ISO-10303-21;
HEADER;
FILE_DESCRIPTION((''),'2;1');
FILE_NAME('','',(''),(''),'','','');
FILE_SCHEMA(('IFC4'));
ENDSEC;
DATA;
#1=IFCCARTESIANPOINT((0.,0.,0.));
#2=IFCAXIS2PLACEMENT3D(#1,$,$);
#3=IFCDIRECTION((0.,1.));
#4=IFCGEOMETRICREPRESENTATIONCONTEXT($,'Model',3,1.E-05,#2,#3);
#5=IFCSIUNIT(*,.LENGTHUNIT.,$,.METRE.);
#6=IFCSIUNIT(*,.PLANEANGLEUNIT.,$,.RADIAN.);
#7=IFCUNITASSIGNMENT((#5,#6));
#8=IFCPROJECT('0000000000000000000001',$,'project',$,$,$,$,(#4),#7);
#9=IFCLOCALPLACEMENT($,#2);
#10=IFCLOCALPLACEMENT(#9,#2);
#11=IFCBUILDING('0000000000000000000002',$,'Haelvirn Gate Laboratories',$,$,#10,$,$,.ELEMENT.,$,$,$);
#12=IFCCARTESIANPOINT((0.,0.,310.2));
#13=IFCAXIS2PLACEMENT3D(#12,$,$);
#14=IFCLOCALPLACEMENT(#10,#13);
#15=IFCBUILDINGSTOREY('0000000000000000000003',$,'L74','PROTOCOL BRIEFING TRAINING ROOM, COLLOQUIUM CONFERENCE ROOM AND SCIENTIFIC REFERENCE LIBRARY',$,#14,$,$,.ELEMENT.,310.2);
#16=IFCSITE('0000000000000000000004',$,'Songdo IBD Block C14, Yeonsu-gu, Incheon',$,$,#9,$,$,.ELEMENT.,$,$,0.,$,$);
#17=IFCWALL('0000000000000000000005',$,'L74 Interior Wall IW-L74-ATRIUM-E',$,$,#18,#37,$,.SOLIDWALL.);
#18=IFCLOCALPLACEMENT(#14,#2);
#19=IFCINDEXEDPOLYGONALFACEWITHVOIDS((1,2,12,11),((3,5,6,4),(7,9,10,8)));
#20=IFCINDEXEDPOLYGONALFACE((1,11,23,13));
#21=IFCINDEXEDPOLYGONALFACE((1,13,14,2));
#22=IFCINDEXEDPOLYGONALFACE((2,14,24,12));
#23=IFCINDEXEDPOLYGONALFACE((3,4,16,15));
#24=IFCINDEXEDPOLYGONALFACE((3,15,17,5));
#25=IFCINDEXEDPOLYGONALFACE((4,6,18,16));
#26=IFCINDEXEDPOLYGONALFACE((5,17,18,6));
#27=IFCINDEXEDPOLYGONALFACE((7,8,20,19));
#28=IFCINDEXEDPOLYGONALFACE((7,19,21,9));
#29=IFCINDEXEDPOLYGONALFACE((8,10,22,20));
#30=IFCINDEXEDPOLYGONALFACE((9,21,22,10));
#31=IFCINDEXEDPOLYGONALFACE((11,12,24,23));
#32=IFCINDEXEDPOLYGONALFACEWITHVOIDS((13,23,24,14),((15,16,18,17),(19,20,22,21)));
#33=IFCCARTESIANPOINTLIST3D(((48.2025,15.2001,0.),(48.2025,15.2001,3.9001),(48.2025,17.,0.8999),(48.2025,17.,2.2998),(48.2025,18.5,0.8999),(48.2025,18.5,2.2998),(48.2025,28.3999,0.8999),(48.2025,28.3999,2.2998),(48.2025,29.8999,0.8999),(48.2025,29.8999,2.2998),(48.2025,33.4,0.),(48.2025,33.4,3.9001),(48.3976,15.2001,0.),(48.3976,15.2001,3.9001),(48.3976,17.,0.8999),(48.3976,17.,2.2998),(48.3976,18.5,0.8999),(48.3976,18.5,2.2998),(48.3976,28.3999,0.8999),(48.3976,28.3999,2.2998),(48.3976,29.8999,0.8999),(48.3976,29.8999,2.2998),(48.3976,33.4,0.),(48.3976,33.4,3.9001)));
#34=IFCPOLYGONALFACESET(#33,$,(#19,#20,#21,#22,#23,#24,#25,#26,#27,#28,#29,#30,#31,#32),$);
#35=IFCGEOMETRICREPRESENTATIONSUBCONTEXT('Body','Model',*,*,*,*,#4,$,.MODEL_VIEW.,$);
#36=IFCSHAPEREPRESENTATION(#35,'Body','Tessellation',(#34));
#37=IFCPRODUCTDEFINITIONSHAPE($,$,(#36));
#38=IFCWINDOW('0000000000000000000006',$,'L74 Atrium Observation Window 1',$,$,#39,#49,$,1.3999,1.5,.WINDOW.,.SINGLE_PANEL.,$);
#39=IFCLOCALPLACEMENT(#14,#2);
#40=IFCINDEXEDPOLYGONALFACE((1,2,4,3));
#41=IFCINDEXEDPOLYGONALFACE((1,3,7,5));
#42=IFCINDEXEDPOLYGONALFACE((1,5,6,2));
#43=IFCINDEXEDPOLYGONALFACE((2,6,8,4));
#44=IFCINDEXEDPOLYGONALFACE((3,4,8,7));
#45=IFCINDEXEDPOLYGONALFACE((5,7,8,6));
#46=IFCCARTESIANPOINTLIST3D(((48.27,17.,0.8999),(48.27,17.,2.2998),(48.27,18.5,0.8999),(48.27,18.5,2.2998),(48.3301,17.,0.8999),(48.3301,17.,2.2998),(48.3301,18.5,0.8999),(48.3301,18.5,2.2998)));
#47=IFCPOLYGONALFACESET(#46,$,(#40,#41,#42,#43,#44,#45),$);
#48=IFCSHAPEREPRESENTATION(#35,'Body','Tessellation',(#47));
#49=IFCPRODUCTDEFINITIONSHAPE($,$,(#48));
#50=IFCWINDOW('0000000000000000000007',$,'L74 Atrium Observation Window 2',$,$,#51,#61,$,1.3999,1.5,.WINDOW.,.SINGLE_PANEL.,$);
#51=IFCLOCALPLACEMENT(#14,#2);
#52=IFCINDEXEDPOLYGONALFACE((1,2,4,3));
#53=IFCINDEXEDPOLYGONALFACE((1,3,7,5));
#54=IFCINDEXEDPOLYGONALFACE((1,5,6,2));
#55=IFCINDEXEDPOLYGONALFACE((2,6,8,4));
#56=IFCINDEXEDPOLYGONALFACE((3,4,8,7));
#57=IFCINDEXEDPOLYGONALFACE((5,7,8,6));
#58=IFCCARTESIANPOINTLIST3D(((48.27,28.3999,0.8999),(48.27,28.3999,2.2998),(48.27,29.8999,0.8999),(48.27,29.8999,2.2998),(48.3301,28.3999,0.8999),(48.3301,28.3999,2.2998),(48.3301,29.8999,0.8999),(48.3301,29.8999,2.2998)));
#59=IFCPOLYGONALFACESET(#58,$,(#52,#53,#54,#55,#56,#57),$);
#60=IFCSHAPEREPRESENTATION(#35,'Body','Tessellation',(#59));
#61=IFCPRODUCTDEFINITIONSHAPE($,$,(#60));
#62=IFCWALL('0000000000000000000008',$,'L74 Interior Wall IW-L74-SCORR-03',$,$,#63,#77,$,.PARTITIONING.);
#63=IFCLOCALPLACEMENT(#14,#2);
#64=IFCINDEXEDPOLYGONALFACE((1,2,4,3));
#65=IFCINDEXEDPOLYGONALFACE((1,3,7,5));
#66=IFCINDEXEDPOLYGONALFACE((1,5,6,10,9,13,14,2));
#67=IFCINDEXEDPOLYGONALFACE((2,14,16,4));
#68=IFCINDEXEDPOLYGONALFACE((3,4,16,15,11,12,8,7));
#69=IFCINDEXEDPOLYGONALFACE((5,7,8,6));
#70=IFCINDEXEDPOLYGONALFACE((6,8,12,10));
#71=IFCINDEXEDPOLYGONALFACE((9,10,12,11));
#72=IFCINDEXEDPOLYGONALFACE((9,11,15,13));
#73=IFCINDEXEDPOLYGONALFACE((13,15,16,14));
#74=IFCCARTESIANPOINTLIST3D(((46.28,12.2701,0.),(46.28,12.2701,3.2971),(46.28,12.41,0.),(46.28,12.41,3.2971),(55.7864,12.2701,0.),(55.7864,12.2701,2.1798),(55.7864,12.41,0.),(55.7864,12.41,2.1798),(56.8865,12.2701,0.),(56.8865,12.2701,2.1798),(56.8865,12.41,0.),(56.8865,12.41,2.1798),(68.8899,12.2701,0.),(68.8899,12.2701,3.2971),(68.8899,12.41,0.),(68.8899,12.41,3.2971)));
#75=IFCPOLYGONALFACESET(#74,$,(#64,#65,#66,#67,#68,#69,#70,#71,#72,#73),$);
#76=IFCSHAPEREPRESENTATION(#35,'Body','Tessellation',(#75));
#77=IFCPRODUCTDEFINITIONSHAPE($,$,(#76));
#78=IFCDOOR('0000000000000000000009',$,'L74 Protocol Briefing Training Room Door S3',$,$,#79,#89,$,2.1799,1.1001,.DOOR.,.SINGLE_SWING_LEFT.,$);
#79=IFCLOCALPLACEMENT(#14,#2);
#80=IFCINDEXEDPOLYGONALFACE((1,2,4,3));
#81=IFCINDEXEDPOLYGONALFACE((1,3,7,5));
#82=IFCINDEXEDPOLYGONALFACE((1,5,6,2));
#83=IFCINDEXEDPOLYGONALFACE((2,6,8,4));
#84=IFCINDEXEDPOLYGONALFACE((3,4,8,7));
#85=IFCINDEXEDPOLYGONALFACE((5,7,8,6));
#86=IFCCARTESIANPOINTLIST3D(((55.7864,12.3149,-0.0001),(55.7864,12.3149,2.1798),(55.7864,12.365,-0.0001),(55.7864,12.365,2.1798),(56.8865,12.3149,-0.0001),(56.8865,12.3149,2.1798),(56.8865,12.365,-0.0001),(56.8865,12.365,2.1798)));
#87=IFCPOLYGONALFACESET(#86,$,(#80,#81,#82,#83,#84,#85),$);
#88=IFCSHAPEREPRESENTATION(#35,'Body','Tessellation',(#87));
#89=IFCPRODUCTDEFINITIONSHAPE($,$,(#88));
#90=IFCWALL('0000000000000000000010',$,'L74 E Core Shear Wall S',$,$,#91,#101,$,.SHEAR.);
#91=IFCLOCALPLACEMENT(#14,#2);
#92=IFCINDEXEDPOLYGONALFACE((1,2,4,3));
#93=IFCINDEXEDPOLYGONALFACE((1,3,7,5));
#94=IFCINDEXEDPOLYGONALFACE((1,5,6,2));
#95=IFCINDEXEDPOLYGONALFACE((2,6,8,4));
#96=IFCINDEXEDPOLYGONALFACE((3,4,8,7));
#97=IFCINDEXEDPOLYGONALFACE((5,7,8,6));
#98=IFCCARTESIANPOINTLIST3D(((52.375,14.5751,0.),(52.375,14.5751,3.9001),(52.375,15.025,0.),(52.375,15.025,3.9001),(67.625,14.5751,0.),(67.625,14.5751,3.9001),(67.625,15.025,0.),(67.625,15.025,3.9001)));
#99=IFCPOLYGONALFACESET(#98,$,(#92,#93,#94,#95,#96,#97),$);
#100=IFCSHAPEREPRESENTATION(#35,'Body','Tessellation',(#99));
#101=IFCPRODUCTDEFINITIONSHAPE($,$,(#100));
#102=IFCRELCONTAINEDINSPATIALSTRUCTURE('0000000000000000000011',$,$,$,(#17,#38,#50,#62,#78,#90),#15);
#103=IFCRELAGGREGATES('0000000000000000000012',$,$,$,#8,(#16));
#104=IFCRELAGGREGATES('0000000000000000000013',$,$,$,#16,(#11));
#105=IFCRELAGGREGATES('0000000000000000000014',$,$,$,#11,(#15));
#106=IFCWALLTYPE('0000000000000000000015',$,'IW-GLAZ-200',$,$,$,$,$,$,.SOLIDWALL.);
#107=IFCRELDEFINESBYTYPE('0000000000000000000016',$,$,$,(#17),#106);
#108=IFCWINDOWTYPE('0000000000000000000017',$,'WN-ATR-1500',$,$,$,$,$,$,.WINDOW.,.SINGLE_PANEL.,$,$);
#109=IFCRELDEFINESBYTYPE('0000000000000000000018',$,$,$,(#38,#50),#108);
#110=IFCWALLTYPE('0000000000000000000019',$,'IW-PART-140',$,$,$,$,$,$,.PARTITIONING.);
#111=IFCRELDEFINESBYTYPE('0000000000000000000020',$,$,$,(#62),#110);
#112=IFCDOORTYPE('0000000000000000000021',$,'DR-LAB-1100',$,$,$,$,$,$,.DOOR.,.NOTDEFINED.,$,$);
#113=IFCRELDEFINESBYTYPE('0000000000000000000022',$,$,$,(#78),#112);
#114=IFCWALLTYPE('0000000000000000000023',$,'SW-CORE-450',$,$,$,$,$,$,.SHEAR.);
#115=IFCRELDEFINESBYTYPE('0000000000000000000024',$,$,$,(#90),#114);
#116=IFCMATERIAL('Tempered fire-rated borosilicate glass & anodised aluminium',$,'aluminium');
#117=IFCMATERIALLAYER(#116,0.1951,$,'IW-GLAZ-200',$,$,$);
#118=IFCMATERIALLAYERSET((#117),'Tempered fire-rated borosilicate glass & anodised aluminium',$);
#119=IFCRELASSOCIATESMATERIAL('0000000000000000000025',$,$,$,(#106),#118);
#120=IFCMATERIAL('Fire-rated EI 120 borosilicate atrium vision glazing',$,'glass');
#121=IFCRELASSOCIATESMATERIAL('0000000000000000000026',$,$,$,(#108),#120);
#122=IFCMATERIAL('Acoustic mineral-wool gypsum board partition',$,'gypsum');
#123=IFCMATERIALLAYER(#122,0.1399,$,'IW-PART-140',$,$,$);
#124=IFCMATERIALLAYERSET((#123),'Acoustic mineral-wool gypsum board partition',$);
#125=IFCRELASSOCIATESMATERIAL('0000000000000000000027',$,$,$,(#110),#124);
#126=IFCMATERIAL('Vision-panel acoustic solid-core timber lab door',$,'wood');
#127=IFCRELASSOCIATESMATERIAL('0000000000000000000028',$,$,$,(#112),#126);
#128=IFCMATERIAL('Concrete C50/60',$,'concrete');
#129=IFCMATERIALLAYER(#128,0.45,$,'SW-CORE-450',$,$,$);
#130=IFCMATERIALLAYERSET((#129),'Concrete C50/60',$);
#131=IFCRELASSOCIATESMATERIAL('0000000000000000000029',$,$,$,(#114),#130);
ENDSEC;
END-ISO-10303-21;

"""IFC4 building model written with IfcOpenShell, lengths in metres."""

from ifc_helpers import new_model, si_unit, direction, frame, frame_2d, origin, place, context, subcontext, project, spatial, rectangle, extrude, source, transform, mapped, material, layer, layer_set, type_object, type_shapes, element, fill, save


model = new_model("IFC4")

# Units and contexts
model_context = context("Model", 3, precision=1e-05, world=origin(), true_north=direction((0.0, 1.0)))
body_context = subcontext(model_context, "Body", "Model", "MODEL_VIEW")
ifc_project = project(units=[si_unit("LENGTHUNIT", "METRE"), si_unit("PLANEANGLEUNIT", "RADIAN")], contexts=[model_context])

# Site, building, storey
site_placement = place(None, origin())
site = spatial("IfcSite", under=ifc_project, at=site_placement, Name="Songdo IBD Block C14, Yeonsu-gu, Incheon", CompositionType="ELEMENT", RefElevation=0.0)
building_placement = place(site_placement, origin())
building = spatial("IfcBuilding", under=site, at=building_placement, Name="Haelvirn Gate Laboratories", CompositionType="ELEMENT")
storey_placement = place(building_placement, frame((0.0, 0.0, 310.2)))
storey = spatial("IfcBuildingStorey", under=building, at=storey_placement, Name="L74", Description="PROTOCOL BRIEFING TRAINING ROOM, COLLOQUIUM CONFERENCE ROOM AND SCIENTIFIC REFERENCE LIBRARY", CompositionType="ELEMENT", Elevation=310.2)

# Shared definitions
ifc_material_1 = material(Name="Concrete C50/60", Category="concrete")

# Wall, openings, windows
ifc_material_2 = material(Name="Tempered fire-rated borosilicate glass & anodised aluminium", Category="aluminium")
ifc_layer_1 = layer(ifc_material_2, 0.1951, Name="IW-GLAZ-200")
ifc_layer_set_1 = layer_set([ifc_layer_1], Name="Tempered fire-rated borosilicate glass & anodised aluminium")
wall_type_1 = type_object("IfcWallType", Name="IW-GLAZ-200", PredefinedType="SOLIDWALL", material=ifc_layer_set_1)
wall_1_placement = place(storey_placement, frame((48.3, 15.2, 0.0), z_axis=(0.0, 0.0, 1.0), x_axis=(0.0, 1.0, 0.0)))
wall_1 = element("IfcWall", 1, at=wall_1_placement, inside=storey, type_object=wall_type_1, Name="L74 Interior Wall IW-L74-ATRIUM-E", PredefinedType="SOLIDWALL", context=body_context, shape_type="SweptSolid", body=[
    extrude(rectangle(XDim=18.2, YDim=0.1951, at=frame_2d((9.1001, 0.0))), origin(), (0.0, 0.0, 1.0), 3.9001),
])
opening_1_placement = place(wall_1_placement, frame((1.8, 0.0, 0.8999)))
opening_1 = element("IfcOpeningElement", 2, at=opening_1_placement, cuts=wall_1, PredefinedType="OPENING", context=body_context, shape_type="SweptSolid", body=[
    extrude(rectangle(XDim=1.5, YDim=1.3999, at=frame_2d((0.75, 0.7))), frame((0.0, 0.1074, 0.0), z_axis=(0.0, -1.0, 0.0), x_axis=(1.0, 0.0, 0.0)), (0.0, 0.0, 1.0), 0.2151),
])
opening_2_placement = place(wall_1_placement, frame((13.2, 0.0, 0.8999)))
opening_2 = element("IfcOpeningElement", 3, at=opening_2_placement, cuts=wall_1, PredefinedType="OPENING", context=body_context, shape_type="SweptSolid", body=[
    extrude(rectangle(XDim=1.5, YDim=1.3999, at=frame_2d((0.75, 0.7))), frame((0.0, 0.1074, 0.0), z_axis=(0.0, -1.0, 0.0), x_axis=(1.0, 0.0, 0.0)), (0.0, 0.0, 1.0), 0.2151),
])
ifc_material_3 = material(Name="Fire-rated EI 120 borosilicate atrium vision glazing", Category="glass")
window_type = type_object("IfcWindowType", Name="WN-ATR-1500", PartitioningType="SINGLE_PANEL", PredefinedType="WINDOW", material=ifc_material_3)
shared_shape_1 = source(origin(), body_context, "Body", "SweptSolid", [
    extrude(rectangle(XDim=1.5, YDim=1.3999, at=frame_2d((0.75, 0.7))), frame((0.0, 0.03, 0.0), z_axis=(0.0, -1.0, 0.0), x_axis=(1.0, 0.0, 0.0)), (0.0, 0.0, 1.0), 0.0601),
])
type_shapes(window_type, [shared_shape_1])
window_1_placement = place(opening_1_placement, origin())
window_1 = element("IfcWindow", 4, at=window_1_placement, inside=storey, type_object=window_type, Name="L74 Atrium Observation Window 1", OverallHeight=1.3999, OverallWidth=1.5, PartitioningType="SINGLE_PANEL", PredefinedType="WINDOW", context=body_context, shape_type="MappedRepresentation", body=[
    mapped(shared_shape_1, transform((0.0, 0.0, 0.0), scale=1.0)),
])
fill(opening_1, window_1)
window_2_placement = place(opening_2_placement, origin())
window_2 = element("IfcWindow", 5, at=window_2_placement, inside=storey, type_object=window_type, Name="L74 Atrium Observation Window 2", OverallHeight=1.3999, OverallWidth=1.5, PartitioningType="SINGLE_PANEL", PredefinedType="WINDOW", context=body_context, shape_type="MappedRepresentation", body=[
    mapped(shared_shape_1, transform((0.0, 0.0, 0.0), scale=1.0)),
])
fill(opening_2, window_2)

# Wall, opening, door
ifc_material_4 = material(Name="Acoustic mineral-wool gypsum board partition", Category="gypsum")
ifc_layer_2 = layer(ifc_material_4, 0.1399, Name="IW-PART-140")
ifc_layer_set_2 = layer_set([ifc_layer_2], Name="Acoustic mineral-wool gypsum board partition")
wall_type_2 = type_object("IfcWallType", Name="IW-PART-140", PredefinedType="PARTITIONING", material=ifc_layer_set_2)
wall_2_placement = place(storey_placement, frame((46.28, 12.3401, 0.0), z_axis=(0.0, 0.0, 1.0), x_axis=(1.0, 0.0, 0.0)))
wall_2 = element("IfcWall", 6, at=wall_2_placement, inside=storey, type_object=wall_type_2, Name="L74 Interior Wall IW-L74-SCORR-03", PredefinedType="PARTITIONING", context=body_context, shape_type="SweptSolid", body=[
    extrude(rectangle(XDim=22.6099, YDim=0.1399, at=frame_2d((11.3049, 0.0))), origin(), (0.0, 0.0, 1.0), 3.2971),
])
opening_3_placement = place(wall_2_placement, frame((9.5063, 0.0, 0.0)))
opening_3 = element("IfcOpeningElement", 7, at=opening_3_placement, cuts=wall_2, PredefinedType="OPENING", context=body_context, shape_type="SweptSolid", body=[
    extrude(rectangle(XDim=1.1001, YDim=2.1799, at=frame_2d((0.55, 1.0898))), frame((0.0, 0.0801, 0.0), z_axis=(0.0, -1.0, 0.0), x_axis=(1.0, 0.0, 0.0)), (0.0, 0.0, 1.0), 0.1599),
])
ifc_material_5 = material(Name="Vision-panel acoustic solid-core timber lab door", Category="wood")
door_type_1 = type_object("IfcDoorType", Name="DR-LAB-1100", OperationType="NOTDEFINED", PredefinedType="DOOR", material=ifc_material_5)
shared_shape_2 = source(origin(), body_context, "Body", "SweptSolid", [
    extrude(rectangle(XDim=1.1001, YDim=2.1799, at=frame_2d((0.55, 1.0898))), frame((0.0, 0.0249, 0.0), z_axis=(0.0, -1.0, 0.0), x_axis=(1.0, 0.0, 0.0)), (0.0, 0.0, 1.0), 0.05),
])
type_shapes(door_type_1, [shared_shape_2])
door_1_placement = place(opening_3_placement, origin())
door_1 = element("IfcDoor", 8, at=door_1_placement, inside=storey, type_object=door_type_1, Name="L74 Protocol Briefing Training Room Door S3", OperationType="SINGLE_SWING_LEFT", OverallHeight=2.1799, OverallWidth=1.1001, PredefinedType="DOOR", context=body_context, shape_type="MappedRepresentation", body=[
    mapped(shared_shape_2, transform((0.0, 0.0, 0.0), scale=1.0)),
])
fill(opening_3, door_1)

# Wall
ifc_layer_3 = layer(ifc_material_1, 0.45, Name="SW-CORE-450")
ifc_layer_set_3 = layer_set([ifc_layer_3], Name="Concrete C50/60")
wall_type_3 = type_object("IfcWallType", Name="SW-CORE-450", PredefinedType="SHEAR", material=ifc_layer_set_3)
wall_3_placement = place(storey_placement, frame((52.375, 14.8, 0.0), z_axis=(0.0, 0.0, 1.0), x_axis=(1.0, 0.0, 0.0)))
element("IfcWall", 9, at=wall_3_placement, inside=storey, type_object=wall_type_3, Name="L74 E Core Shear Wall S", PredefinedType="SHEAR", context=body_context, shape_type="SweptSolid", body=[
    extrude(rectangle(XDim=15.25, YDim=0.45, at=frame_2d((7.625, 0.0))), origin(), (0.0, 0.0, 1.0), 3.9001),
])

save(model, "model.ifc")
